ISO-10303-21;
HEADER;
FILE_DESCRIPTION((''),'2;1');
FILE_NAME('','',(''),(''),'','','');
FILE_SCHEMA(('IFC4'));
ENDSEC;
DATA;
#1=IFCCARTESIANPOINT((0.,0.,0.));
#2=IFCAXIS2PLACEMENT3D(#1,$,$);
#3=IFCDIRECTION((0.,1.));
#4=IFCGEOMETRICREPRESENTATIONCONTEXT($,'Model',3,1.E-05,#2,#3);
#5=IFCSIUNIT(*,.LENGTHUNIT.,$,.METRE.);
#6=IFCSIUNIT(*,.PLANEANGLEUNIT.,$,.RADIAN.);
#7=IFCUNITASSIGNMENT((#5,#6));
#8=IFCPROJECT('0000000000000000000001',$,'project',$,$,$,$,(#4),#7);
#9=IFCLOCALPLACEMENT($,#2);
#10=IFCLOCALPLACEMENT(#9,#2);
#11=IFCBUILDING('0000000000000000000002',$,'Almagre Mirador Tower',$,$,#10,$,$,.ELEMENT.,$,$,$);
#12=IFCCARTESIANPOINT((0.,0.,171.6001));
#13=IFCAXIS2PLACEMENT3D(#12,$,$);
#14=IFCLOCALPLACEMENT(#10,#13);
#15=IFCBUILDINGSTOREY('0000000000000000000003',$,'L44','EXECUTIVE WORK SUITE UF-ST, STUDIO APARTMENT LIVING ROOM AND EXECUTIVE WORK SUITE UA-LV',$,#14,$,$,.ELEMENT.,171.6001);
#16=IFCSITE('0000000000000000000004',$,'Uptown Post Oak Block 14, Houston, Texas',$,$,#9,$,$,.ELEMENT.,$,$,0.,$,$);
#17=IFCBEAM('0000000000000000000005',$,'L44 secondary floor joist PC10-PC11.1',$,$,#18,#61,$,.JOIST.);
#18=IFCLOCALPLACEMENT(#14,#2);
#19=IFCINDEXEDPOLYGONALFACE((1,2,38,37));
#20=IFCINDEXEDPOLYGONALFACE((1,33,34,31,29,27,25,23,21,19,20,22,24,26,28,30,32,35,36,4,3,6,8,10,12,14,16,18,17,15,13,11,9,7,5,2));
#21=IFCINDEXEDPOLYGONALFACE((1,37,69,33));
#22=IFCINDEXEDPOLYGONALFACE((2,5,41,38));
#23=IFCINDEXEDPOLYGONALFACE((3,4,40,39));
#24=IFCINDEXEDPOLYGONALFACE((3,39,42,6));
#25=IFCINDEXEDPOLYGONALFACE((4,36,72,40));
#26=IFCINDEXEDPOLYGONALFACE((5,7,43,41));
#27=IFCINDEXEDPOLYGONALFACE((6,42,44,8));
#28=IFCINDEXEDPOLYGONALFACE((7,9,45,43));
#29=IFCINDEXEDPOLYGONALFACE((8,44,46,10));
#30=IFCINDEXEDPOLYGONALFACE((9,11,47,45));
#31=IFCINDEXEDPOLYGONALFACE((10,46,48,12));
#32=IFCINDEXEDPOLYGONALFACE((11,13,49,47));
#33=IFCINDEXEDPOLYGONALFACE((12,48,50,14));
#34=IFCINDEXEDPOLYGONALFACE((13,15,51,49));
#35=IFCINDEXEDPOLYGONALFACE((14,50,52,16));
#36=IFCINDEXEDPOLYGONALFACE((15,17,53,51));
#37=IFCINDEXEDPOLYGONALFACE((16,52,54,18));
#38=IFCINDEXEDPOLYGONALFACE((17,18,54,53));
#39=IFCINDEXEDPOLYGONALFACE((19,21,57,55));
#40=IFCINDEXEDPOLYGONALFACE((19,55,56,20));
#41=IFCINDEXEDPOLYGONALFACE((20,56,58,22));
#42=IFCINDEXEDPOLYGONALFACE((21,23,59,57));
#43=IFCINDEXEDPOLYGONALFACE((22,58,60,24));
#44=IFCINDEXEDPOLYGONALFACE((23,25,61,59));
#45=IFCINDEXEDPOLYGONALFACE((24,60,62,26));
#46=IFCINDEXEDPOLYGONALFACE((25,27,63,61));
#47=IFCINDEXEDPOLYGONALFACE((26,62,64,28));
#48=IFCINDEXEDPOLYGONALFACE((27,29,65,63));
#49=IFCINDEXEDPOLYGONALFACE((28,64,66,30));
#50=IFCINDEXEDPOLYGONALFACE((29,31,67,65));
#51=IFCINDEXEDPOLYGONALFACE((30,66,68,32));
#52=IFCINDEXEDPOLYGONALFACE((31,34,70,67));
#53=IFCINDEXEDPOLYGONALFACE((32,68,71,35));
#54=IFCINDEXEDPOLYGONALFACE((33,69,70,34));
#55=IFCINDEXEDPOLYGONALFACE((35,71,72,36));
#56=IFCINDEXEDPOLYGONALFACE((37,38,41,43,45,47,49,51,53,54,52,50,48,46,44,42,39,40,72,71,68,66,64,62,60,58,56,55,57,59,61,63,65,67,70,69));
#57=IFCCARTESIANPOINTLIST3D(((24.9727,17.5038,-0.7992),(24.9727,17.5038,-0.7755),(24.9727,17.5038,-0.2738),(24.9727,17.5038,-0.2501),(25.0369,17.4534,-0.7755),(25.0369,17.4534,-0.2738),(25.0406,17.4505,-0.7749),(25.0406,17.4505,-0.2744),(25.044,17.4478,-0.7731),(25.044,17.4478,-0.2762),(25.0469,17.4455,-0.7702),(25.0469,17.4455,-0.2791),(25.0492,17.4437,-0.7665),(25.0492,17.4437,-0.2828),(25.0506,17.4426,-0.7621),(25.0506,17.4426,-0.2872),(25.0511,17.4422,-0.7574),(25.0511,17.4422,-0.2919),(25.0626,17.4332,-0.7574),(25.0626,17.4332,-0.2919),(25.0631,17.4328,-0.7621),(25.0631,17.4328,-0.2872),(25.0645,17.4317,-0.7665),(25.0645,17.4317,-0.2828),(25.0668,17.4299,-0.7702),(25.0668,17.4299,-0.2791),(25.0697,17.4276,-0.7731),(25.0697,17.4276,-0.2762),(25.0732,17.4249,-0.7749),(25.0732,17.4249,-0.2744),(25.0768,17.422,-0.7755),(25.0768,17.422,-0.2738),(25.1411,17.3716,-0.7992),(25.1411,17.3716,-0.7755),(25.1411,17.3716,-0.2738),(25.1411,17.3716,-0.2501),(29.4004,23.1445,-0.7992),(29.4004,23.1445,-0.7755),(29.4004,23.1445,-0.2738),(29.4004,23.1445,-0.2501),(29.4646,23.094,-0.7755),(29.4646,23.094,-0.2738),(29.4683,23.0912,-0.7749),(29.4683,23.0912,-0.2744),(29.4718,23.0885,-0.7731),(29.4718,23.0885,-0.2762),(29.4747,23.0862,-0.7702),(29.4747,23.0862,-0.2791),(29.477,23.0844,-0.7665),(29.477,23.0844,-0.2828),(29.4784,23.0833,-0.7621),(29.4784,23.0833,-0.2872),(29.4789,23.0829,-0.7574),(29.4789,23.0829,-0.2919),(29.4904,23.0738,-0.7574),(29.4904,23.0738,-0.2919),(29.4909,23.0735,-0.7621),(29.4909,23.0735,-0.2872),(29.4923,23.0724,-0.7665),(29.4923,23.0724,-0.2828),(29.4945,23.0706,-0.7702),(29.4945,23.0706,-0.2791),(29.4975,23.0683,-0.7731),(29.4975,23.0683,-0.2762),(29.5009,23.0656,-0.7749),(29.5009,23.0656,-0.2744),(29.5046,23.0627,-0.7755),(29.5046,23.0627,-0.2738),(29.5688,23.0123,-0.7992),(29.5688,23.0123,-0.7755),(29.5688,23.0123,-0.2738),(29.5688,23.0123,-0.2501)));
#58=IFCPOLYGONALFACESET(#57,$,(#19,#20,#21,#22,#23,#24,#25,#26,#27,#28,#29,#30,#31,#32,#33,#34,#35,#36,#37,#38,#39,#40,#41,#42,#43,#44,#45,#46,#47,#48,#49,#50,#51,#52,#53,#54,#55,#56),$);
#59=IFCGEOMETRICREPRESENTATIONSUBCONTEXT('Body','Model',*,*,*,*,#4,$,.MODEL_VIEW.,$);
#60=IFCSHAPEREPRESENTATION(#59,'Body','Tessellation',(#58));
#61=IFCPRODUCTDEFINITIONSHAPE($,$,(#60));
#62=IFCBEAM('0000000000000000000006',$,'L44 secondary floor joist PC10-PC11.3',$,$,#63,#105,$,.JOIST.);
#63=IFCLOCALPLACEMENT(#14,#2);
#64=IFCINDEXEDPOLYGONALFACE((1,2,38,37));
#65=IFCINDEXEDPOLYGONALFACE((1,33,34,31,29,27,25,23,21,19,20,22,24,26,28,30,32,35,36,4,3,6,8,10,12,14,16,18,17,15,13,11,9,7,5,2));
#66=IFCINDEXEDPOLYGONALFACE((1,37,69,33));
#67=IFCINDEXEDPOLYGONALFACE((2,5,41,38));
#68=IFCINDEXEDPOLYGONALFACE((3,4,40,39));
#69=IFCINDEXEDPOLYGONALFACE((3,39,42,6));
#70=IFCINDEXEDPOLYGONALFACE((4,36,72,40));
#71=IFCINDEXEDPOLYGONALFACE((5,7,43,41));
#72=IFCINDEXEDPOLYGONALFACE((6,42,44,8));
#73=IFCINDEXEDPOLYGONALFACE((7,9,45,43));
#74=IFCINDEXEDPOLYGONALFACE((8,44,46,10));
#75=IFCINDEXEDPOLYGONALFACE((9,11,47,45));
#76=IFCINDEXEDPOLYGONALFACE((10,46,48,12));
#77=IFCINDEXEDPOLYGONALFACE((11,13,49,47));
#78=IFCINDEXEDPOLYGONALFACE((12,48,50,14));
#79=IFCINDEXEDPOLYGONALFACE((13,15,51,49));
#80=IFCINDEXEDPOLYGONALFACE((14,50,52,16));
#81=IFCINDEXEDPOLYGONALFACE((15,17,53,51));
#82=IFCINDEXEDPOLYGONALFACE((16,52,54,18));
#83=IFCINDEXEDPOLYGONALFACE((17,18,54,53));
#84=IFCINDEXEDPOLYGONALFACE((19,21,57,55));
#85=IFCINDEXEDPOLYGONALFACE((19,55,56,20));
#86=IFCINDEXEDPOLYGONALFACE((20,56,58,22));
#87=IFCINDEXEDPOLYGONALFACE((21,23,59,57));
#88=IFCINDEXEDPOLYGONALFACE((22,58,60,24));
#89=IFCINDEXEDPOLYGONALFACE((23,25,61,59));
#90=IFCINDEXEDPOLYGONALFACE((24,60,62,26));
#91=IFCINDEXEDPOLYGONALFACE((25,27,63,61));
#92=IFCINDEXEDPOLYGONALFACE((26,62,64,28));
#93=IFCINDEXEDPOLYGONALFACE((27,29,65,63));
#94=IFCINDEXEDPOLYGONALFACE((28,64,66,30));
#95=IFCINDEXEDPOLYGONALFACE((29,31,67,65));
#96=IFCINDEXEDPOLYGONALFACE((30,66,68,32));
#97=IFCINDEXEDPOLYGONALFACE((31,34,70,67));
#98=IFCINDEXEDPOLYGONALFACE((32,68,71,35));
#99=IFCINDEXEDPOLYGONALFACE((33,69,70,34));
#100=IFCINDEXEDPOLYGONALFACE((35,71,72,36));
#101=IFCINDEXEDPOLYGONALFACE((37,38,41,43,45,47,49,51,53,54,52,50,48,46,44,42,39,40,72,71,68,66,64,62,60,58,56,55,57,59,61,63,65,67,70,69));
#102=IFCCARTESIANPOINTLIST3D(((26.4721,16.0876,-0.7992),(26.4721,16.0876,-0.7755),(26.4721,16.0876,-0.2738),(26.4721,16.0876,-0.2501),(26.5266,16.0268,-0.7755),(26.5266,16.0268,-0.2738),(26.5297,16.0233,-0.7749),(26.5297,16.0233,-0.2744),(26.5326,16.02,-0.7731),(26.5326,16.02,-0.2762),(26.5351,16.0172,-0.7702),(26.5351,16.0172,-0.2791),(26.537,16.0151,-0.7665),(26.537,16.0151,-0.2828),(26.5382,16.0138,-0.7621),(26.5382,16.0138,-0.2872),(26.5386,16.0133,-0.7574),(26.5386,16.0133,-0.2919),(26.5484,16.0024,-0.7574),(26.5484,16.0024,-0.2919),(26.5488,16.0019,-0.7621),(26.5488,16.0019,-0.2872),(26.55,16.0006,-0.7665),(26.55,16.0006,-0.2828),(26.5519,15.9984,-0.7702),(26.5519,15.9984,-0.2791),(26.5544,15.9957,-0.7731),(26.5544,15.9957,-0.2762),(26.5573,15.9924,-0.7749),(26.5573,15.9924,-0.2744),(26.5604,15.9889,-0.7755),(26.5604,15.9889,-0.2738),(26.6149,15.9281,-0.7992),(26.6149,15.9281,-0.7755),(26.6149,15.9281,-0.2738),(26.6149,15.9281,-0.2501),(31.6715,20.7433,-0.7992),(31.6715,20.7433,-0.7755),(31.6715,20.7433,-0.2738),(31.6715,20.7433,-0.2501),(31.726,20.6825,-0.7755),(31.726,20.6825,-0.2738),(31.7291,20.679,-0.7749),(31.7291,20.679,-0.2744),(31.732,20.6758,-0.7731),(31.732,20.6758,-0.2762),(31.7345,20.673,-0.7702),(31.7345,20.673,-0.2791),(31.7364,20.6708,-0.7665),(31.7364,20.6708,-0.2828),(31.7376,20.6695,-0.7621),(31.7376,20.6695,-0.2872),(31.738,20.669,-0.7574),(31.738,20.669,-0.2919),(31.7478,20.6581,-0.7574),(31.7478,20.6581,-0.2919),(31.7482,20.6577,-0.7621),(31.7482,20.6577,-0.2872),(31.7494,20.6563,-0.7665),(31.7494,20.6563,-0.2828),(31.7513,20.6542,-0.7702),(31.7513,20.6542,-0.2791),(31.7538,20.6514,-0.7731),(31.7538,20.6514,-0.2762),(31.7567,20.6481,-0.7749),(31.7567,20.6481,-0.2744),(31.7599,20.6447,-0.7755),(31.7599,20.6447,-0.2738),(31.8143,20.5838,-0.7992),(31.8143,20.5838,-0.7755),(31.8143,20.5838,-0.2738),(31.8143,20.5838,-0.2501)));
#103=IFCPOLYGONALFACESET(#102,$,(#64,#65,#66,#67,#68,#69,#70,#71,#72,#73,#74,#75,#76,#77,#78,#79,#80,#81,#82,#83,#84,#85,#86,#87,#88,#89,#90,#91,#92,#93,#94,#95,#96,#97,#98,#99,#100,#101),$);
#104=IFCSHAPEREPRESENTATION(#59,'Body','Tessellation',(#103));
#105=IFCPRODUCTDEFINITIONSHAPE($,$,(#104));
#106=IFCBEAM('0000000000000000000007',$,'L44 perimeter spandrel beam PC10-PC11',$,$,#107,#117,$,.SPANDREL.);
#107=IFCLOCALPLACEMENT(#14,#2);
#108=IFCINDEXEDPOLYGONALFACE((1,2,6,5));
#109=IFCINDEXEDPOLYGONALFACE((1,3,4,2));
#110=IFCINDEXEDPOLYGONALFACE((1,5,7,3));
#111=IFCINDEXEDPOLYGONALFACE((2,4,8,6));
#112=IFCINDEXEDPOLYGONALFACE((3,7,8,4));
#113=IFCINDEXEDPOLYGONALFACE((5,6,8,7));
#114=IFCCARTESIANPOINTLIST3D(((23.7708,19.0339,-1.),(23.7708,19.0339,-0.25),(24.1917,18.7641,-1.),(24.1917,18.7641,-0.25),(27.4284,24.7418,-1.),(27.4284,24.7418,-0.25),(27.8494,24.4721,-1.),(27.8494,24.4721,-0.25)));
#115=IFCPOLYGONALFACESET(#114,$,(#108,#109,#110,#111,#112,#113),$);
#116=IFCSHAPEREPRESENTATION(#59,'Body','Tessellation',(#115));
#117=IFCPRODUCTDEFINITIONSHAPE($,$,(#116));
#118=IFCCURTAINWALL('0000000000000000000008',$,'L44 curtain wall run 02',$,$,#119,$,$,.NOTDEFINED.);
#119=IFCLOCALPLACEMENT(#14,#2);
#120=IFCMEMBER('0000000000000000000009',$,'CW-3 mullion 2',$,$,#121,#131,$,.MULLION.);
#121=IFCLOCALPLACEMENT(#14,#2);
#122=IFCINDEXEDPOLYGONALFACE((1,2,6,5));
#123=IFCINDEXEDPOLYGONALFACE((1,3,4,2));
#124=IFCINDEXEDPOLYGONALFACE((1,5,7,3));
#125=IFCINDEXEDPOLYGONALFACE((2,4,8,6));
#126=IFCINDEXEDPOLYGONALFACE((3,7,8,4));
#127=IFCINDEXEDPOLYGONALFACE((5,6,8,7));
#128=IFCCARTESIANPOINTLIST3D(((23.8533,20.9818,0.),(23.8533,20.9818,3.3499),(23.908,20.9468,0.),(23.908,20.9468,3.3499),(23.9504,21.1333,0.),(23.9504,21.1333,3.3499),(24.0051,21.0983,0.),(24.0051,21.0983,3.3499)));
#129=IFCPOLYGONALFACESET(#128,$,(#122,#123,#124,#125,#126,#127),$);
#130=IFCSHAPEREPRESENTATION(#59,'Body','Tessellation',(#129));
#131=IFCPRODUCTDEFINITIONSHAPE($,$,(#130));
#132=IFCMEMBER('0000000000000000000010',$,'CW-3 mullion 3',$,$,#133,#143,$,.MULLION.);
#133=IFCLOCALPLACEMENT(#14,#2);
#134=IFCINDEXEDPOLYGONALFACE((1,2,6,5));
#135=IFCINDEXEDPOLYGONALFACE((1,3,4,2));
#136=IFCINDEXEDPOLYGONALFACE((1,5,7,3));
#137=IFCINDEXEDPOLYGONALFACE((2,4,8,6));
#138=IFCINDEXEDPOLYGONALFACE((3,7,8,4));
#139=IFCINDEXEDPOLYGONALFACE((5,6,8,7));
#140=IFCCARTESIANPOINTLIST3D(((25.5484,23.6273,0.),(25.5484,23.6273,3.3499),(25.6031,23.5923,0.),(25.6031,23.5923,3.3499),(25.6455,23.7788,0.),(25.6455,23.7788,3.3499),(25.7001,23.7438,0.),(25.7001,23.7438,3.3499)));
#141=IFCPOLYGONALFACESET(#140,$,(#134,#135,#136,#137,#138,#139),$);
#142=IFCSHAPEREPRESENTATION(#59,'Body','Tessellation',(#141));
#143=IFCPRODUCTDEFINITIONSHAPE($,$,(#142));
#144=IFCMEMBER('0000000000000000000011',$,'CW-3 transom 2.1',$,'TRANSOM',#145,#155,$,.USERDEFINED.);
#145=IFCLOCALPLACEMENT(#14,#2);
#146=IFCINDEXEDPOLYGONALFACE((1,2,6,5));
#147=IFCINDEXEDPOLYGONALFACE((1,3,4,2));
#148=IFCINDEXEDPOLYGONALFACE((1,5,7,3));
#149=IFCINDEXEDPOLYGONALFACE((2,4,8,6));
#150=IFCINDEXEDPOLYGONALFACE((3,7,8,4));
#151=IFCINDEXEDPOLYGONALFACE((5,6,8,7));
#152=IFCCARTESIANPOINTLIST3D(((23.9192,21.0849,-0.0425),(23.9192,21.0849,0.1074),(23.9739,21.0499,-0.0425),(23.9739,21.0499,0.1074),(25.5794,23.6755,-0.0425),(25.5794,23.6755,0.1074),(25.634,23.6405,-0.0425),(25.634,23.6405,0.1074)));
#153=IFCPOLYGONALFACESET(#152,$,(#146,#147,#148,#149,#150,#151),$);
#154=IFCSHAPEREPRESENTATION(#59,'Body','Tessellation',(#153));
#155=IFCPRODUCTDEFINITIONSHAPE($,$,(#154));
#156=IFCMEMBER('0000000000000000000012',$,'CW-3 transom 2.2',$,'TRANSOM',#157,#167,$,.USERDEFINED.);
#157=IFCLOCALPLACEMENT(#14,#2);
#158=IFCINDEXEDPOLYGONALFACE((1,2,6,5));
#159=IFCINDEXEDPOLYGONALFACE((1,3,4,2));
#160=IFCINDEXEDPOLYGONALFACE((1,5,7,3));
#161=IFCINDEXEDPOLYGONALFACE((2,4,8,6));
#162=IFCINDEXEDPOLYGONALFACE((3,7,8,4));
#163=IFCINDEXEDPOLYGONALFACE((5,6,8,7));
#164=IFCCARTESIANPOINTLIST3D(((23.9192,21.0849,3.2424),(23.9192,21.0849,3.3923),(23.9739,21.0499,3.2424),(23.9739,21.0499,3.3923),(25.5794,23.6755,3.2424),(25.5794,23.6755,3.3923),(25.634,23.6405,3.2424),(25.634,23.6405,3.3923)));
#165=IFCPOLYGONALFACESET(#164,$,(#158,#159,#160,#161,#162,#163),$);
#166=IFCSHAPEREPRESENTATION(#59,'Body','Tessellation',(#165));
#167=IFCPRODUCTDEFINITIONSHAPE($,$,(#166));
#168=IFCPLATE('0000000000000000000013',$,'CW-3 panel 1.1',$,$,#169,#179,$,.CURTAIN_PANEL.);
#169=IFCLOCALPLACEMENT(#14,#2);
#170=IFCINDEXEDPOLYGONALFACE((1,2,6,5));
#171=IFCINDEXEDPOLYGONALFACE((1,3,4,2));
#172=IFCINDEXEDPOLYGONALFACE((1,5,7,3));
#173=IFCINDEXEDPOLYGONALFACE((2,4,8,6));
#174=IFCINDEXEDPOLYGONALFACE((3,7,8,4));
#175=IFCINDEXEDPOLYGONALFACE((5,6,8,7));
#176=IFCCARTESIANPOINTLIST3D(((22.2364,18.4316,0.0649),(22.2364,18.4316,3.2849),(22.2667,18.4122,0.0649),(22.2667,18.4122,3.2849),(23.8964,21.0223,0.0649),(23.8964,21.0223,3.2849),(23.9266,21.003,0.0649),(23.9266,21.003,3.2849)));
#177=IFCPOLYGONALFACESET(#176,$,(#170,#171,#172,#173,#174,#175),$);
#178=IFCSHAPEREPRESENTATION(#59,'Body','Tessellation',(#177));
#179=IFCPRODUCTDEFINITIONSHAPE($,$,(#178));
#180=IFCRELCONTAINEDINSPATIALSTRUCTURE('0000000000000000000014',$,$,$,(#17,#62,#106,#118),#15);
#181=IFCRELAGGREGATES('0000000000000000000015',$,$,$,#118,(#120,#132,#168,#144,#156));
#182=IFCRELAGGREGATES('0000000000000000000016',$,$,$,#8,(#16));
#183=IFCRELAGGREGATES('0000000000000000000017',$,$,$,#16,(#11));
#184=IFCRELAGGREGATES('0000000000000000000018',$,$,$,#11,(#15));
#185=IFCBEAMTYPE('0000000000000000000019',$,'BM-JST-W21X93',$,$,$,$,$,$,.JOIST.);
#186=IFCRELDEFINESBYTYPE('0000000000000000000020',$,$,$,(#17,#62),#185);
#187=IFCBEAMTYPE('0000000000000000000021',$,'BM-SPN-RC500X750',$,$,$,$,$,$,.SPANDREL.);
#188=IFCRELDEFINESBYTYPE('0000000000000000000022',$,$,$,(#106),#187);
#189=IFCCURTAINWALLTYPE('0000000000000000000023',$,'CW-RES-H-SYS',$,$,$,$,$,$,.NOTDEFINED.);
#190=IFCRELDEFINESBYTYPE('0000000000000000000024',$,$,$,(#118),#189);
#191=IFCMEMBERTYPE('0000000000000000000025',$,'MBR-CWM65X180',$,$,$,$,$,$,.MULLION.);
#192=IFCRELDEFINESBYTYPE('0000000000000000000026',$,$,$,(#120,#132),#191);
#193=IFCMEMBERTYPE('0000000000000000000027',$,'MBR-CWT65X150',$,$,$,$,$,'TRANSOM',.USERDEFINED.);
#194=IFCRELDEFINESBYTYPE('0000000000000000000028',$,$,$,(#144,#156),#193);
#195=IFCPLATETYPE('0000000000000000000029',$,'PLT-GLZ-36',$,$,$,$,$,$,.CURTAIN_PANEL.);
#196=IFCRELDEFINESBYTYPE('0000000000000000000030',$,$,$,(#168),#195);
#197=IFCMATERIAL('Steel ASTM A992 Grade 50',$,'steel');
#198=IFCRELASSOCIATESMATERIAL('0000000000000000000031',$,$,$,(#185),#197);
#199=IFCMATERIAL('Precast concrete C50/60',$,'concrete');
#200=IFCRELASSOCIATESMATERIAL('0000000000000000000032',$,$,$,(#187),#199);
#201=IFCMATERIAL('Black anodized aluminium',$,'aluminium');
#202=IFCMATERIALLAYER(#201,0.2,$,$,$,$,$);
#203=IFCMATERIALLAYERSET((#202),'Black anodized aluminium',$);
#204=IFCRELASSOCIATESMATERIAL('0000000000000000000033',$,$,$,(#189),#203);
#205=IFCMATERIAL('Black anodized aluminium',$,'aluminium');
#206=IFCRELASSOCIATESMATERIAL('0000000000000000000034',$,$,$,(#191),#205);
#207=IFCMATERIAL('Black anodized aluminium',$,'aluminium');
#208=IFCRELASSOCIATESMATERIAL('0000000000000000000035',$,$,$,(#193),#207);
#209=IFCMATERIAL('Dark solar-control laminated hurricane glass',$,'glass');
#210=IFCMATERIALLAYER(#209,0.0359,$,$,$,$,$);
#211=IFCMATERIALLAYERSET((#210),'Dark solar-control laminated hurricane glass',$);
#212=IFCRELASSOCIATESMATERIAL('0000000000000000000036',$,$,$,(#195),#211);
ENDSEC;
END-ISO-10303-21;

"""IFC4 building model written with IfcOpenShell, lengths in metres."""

from ifc_helpers import new_model, si_unit, direction, frame, origin, origin_2d, place, context, subcontext, project, spatial, rectangle, i_section, extrude, material, layer, layer_set, material_profile, profile_set, type_object, element, aggregate, save


model = new_model("IFC4")

# Units and contexts
model_context = context("Model", 3, precision=1e-05, world=origin(), true_north=direction((0.0, 1.0)))
body_context = subcontext(model_context, "Body", "Model", "MODEL_VIEW")
ifc_project = project(units=[si_unit("LENGTHUNIT", "METRE"), si_unit("PLANEANGLEUNIT", "RADIAN")], contexts=[model_context])

# Site, building, storey
site_placement = place(None, origin())
site = spatial("IfcSite", under=ifc_project, at=site_placement, Name="Uptown Post Oak Block 14, Houston, Texas", CompositionType="ELEMENT", RefElevation=0.0)
building_placement = place(site_placement, origin())
building = spatial("IfcBuilding", under=site, at=building_placement, Name="Almagre Mirador Tower", CompositionType="ELEMENT")
storey_placement = place(building_placement, frame((0.0, 0.0, 171.6001)))
storey = spatial("IfcBuildingStorey", under=building, at=storey_placement, Name="L44", Description="EXECUTIVE WORK SUITE UF-ST, STUDIO APARTMENT LIVING ROOM AND EXECUTIVE WORK SUITE UA-LV", CompositionType="ELEMENT", Elevation=171.6001)

# Beams
ifc_material_1 = material(Name="Steel ASTM A992 Grade 50", Category="steel")
ifc_material_profile_1 = material_profile(ifc_material_1, i_section(OverallWidth=0.2141, OverallDepth=0.5491, WebThickness=0.0146, FlangeThickness=0.0237, FilletRadius=0.0181, at=origin_2d()), Name="W21X93")
ifc_profile_set_1 = profile_set([ifc_material_profile_1], Name="Steel ASTM A992 Grade 50")
beam_type_1 = type_object("IfcBeamType", Name="BM-JST-W21X93", PredefinedType="JOIST", material=ifc_profile_set_1)
beam_1_placement = place(storey_placement, frame((29.4846, 23.0784, -0.5247), z_axis=(-0.617461, -0.786602, 0.0), x_axis=(0.786602, -0.617461, 0.0)))
element("IfcBeam", 1, at=beam_1_placement, inside=storey, type_object=beam_type_1, Name="L44 secondary floor joist PC10-PC11.1", PredefinedType="JOIST", context=body_context, shape_type="SweptSolid", body=[
    extrude(i_section(OverallWidth=0.2141, OverallDepth=0.5491, WebThickness=0.0146, FlangeThickness=0.0237, FilletRadius=0.0181, at=origin_2d()), origin(), (0.0, 0.0, 1.0), 7.1709),
])
beam_2_placement = place(storey_placement, frame((31.7429, 20.6636, -0.5247), z_axis=(-0.744984, -0.667082, 0.0), x_axis=(0.667082, -0.744984, 0.0)))
element("IfcBeam", 2, at=beam_2_placement, inside=storey, type_object=beam_type_1, Name="L44 secondary floor joist PC10-PC11.3", PredefinedType="JOIST", context=body_context, shape_type="SweptSolid", body=[
    extrude(i_section(OverallWidth=0.2141, OverallDepth=0.5491, WebThickness=0.0146, FlangeThickness=0.0237, FilletRadius=0.0181, at=origin_2d()), origin(), (0.0, 0.0, 1.0), 6.9792),
])
ifc_material_2 = material(Name="Precast concrete C50/60", Category="concrete")
ifc_material_profile_2 = material_profile(ifc_material_2, rectangle(XDim=0.5, YDim=0.75, at=origin_2d()), Name="RC500X750")
ifc_profile_set_2 = profile_set([ifc_material_profile_2], Name="Precast concrete C50/60")
beam_type_2 = type_object("IfcBeamType", Name="BM-SPN-RC500X750", PredefinedType="SPANDREL", material=ifc_profile_set_2)
beam_3_placement = place(storey_placement, frame((27.6389, 24.6069, -0.625), z_axis=(-0.539534, -0.841964, 0.0), x_axis=(0.841964, -0.539534, 0.0)))
element("IfcBeam", 3, at=beam_3_placement, inside=storey, type_object=beam_type_2, Name="L44 perimeter spandrel beam PC10-PC11", PredefinedType="SPANDREL", context=body_context, shape_type="SweptSolid", body=[
    extrude(rectangle(XDim=0.5, YDim=0.75, at=origin_2d()), origin(), (0.0, 0.0, 1.0), 6.7793),
])

# Curtain wall, members, plate
ifc_material_3 = material(Name="Black anodized aluminium", Category="aluminium")
ifc_layer_1 = layer(ifc_material_3, 0.2)
ifc_layer_set_1 = layer_set([ifc_layer_1], Name="Black anodized aluminium")
curtain_wall_type = type_object("IfcCurtainWallType", Name="CW-RES-H-SYS", PredefinedType="NOTDEFINED", material=ifc_layer_set_1)
curtain_wall_placement = place(storey_placement, origin())
curtain_wall = element("IfcCurtainWall", 4, at=curtain_wall_placement, inside=storey, type_object=curtain_wall_type, Name="L44 curtain wall run 02", PredefinedType="NOTDEFINED")
ifc_material_4 = material(Name="Black anodized aluminium", Category="aluminium")
ifc_material_profile_3 = material_profile(ifc_material_4, rectangle(XDim=0.0649, YDim=0.1799, at=origin_2d()), Name="CWM65X180")
ifc_profile_set_3 = profile_set([ifc_material_profile_3], Name="Black anodized aluminium")
member_type_1 = type_object("IfcMemberType", Name="MBR-CWM65X180", PredefinedType="MULLION", material=ifc_profile_set_3)
member_1_placement = place(storey_placement, frame((23.9292, 21.04, 0.0), z_axis=(0.0, 0.0, 1.0), x_axis=(-0.841989, 0.539495, 0.0)))
member_1 = element("IfcMember", 5, at=member_1_placement, type_object=member_type_1, Name="CW-3 mullion 2", PredefinedType="MULLION", context=body_context, shape_type="SweptSolid", body=[
    extrude(rectangle(XDim=0.0649, YDim=0.1799, at=origin_2d()), origin(), (0.0, 0.0, 1.0), 3.3499),
])
member_2_placement = place(storey_placement, frame((25.6243, 23.6855, 0.0), z_axis=(0.0, 0.0, 1.0), x_axis=(-0.841989, 0.539495, 0.0)))
member_2 = element("IfcMember", 6, at=member_2_placement, type_object=member_type_1, Name="CW-3 mullion 3", PredefinedType="MULLION", context=body_context, shape_type="SweptSolid", body=[
    extrude(rectangle(XDim=0.0649, YDim=0.1799, at=origin_2d()), origin(), (0.0, 0.0, 1.0), 3.3499),
])
ifc_material_5 = material(Name="Black anodized aluminium", Category="aluminium")
ifc_material_profile_4 = material_profile(ifc_material_5, rectangle(XDim=0.0649, YDim=0.1499, at=origin_2d()), Name="CWT65X150")
ifc_profile_set_4 = profile_set([ifc_material_profile_4], Name="Black anodized aluminium")
member_type_2 = type_object("IfcMemberType", Name="MBR-CWT65X150", ElementType="TRANSOM", PredefinedType="USERDEFINED", material=ifc_profile_set_4)
member_3_placement = place(storey_placement, frame((23.9465, 21.0674, 0.0325), z_axis=(0.539558, 0.841948, 0.0), x_axis=(-0.841948, 0.539558, 0.0)))
member_3 = element("IfcMember", 7, at=member_3_placement, type_object=member_type_2, Name="CW-3 transom 2.1", ObjectType="TRANSOM", PredefinedType="USERDEFINED", context=body_context, shape_type="SweptSolid", body=[
    extrude(rectangle(XDim=0.0649, YDim=0.1499, at=origin_2d()), origin(), (0.0, 0.0, 1.0), 3.0769),
])
member_4_placement = place(storey_placement, frame((23.9465, 21.0674, 3.3174), z_axis=(0.539558, 0.841948, 0.0), x_axis=(-0.841948, 0.539558, 0.0)))
member_4 = element("IfcMember", 8, at=member_4_placement, type_object=member_type_2, Name="CW-3 transom 2.2", ObjectType="TRANSOM", PredefinedType="USERDEFINED", context=body_context, shape_type="SweptSolid", body=[
    extrude(rectangle(XDim=0.0649, YDim=0.1499, at=origin_2d()), origin(), (0.0, 0.0, 1.0), 3.0769),
])
ifc_material_6 = material(Name="Dark solar-control laminated hurricane glass", Category="glass")
ifc_layer_2 = layer(ifc_material_6, 0.0359)
ifc_layer_set_2 = layer_set([ifc_layer_2], Name="Dark solar-control laminated hurricane glass")
plate_type = type_object("IfcPlateType", Name="PLT-GLZ-36", PredefinedType="CURTAIN_PANEL", material=ifc_layer_set_2)
plate_1_placement = place(storey_placement, frame((23.0815, 19.7173, 0.0649), z_axis=(0.0, 0.0, 1.0), x_axis=(0.539495, 0.841989, 0.0)))
plate_1 = element("IfcPlate", 9, at=plate_1_placement, type_object=plate_type, Name="CW-3 panel 1.1", PredefinedType="CURTAIN_PANEL", context=body_context, shape_type="SweptSolid", body=[
    extrude(rectangle(XDim=3.0769, YDim=0.0359, at=origin_2d()), origin(), (0.0, 0.0, 1.0), 3.22),
])
aggregate(curtain_wall, [member_1, member_2, plate_1, member_3, member_4])

save(model, "model.ifc")
